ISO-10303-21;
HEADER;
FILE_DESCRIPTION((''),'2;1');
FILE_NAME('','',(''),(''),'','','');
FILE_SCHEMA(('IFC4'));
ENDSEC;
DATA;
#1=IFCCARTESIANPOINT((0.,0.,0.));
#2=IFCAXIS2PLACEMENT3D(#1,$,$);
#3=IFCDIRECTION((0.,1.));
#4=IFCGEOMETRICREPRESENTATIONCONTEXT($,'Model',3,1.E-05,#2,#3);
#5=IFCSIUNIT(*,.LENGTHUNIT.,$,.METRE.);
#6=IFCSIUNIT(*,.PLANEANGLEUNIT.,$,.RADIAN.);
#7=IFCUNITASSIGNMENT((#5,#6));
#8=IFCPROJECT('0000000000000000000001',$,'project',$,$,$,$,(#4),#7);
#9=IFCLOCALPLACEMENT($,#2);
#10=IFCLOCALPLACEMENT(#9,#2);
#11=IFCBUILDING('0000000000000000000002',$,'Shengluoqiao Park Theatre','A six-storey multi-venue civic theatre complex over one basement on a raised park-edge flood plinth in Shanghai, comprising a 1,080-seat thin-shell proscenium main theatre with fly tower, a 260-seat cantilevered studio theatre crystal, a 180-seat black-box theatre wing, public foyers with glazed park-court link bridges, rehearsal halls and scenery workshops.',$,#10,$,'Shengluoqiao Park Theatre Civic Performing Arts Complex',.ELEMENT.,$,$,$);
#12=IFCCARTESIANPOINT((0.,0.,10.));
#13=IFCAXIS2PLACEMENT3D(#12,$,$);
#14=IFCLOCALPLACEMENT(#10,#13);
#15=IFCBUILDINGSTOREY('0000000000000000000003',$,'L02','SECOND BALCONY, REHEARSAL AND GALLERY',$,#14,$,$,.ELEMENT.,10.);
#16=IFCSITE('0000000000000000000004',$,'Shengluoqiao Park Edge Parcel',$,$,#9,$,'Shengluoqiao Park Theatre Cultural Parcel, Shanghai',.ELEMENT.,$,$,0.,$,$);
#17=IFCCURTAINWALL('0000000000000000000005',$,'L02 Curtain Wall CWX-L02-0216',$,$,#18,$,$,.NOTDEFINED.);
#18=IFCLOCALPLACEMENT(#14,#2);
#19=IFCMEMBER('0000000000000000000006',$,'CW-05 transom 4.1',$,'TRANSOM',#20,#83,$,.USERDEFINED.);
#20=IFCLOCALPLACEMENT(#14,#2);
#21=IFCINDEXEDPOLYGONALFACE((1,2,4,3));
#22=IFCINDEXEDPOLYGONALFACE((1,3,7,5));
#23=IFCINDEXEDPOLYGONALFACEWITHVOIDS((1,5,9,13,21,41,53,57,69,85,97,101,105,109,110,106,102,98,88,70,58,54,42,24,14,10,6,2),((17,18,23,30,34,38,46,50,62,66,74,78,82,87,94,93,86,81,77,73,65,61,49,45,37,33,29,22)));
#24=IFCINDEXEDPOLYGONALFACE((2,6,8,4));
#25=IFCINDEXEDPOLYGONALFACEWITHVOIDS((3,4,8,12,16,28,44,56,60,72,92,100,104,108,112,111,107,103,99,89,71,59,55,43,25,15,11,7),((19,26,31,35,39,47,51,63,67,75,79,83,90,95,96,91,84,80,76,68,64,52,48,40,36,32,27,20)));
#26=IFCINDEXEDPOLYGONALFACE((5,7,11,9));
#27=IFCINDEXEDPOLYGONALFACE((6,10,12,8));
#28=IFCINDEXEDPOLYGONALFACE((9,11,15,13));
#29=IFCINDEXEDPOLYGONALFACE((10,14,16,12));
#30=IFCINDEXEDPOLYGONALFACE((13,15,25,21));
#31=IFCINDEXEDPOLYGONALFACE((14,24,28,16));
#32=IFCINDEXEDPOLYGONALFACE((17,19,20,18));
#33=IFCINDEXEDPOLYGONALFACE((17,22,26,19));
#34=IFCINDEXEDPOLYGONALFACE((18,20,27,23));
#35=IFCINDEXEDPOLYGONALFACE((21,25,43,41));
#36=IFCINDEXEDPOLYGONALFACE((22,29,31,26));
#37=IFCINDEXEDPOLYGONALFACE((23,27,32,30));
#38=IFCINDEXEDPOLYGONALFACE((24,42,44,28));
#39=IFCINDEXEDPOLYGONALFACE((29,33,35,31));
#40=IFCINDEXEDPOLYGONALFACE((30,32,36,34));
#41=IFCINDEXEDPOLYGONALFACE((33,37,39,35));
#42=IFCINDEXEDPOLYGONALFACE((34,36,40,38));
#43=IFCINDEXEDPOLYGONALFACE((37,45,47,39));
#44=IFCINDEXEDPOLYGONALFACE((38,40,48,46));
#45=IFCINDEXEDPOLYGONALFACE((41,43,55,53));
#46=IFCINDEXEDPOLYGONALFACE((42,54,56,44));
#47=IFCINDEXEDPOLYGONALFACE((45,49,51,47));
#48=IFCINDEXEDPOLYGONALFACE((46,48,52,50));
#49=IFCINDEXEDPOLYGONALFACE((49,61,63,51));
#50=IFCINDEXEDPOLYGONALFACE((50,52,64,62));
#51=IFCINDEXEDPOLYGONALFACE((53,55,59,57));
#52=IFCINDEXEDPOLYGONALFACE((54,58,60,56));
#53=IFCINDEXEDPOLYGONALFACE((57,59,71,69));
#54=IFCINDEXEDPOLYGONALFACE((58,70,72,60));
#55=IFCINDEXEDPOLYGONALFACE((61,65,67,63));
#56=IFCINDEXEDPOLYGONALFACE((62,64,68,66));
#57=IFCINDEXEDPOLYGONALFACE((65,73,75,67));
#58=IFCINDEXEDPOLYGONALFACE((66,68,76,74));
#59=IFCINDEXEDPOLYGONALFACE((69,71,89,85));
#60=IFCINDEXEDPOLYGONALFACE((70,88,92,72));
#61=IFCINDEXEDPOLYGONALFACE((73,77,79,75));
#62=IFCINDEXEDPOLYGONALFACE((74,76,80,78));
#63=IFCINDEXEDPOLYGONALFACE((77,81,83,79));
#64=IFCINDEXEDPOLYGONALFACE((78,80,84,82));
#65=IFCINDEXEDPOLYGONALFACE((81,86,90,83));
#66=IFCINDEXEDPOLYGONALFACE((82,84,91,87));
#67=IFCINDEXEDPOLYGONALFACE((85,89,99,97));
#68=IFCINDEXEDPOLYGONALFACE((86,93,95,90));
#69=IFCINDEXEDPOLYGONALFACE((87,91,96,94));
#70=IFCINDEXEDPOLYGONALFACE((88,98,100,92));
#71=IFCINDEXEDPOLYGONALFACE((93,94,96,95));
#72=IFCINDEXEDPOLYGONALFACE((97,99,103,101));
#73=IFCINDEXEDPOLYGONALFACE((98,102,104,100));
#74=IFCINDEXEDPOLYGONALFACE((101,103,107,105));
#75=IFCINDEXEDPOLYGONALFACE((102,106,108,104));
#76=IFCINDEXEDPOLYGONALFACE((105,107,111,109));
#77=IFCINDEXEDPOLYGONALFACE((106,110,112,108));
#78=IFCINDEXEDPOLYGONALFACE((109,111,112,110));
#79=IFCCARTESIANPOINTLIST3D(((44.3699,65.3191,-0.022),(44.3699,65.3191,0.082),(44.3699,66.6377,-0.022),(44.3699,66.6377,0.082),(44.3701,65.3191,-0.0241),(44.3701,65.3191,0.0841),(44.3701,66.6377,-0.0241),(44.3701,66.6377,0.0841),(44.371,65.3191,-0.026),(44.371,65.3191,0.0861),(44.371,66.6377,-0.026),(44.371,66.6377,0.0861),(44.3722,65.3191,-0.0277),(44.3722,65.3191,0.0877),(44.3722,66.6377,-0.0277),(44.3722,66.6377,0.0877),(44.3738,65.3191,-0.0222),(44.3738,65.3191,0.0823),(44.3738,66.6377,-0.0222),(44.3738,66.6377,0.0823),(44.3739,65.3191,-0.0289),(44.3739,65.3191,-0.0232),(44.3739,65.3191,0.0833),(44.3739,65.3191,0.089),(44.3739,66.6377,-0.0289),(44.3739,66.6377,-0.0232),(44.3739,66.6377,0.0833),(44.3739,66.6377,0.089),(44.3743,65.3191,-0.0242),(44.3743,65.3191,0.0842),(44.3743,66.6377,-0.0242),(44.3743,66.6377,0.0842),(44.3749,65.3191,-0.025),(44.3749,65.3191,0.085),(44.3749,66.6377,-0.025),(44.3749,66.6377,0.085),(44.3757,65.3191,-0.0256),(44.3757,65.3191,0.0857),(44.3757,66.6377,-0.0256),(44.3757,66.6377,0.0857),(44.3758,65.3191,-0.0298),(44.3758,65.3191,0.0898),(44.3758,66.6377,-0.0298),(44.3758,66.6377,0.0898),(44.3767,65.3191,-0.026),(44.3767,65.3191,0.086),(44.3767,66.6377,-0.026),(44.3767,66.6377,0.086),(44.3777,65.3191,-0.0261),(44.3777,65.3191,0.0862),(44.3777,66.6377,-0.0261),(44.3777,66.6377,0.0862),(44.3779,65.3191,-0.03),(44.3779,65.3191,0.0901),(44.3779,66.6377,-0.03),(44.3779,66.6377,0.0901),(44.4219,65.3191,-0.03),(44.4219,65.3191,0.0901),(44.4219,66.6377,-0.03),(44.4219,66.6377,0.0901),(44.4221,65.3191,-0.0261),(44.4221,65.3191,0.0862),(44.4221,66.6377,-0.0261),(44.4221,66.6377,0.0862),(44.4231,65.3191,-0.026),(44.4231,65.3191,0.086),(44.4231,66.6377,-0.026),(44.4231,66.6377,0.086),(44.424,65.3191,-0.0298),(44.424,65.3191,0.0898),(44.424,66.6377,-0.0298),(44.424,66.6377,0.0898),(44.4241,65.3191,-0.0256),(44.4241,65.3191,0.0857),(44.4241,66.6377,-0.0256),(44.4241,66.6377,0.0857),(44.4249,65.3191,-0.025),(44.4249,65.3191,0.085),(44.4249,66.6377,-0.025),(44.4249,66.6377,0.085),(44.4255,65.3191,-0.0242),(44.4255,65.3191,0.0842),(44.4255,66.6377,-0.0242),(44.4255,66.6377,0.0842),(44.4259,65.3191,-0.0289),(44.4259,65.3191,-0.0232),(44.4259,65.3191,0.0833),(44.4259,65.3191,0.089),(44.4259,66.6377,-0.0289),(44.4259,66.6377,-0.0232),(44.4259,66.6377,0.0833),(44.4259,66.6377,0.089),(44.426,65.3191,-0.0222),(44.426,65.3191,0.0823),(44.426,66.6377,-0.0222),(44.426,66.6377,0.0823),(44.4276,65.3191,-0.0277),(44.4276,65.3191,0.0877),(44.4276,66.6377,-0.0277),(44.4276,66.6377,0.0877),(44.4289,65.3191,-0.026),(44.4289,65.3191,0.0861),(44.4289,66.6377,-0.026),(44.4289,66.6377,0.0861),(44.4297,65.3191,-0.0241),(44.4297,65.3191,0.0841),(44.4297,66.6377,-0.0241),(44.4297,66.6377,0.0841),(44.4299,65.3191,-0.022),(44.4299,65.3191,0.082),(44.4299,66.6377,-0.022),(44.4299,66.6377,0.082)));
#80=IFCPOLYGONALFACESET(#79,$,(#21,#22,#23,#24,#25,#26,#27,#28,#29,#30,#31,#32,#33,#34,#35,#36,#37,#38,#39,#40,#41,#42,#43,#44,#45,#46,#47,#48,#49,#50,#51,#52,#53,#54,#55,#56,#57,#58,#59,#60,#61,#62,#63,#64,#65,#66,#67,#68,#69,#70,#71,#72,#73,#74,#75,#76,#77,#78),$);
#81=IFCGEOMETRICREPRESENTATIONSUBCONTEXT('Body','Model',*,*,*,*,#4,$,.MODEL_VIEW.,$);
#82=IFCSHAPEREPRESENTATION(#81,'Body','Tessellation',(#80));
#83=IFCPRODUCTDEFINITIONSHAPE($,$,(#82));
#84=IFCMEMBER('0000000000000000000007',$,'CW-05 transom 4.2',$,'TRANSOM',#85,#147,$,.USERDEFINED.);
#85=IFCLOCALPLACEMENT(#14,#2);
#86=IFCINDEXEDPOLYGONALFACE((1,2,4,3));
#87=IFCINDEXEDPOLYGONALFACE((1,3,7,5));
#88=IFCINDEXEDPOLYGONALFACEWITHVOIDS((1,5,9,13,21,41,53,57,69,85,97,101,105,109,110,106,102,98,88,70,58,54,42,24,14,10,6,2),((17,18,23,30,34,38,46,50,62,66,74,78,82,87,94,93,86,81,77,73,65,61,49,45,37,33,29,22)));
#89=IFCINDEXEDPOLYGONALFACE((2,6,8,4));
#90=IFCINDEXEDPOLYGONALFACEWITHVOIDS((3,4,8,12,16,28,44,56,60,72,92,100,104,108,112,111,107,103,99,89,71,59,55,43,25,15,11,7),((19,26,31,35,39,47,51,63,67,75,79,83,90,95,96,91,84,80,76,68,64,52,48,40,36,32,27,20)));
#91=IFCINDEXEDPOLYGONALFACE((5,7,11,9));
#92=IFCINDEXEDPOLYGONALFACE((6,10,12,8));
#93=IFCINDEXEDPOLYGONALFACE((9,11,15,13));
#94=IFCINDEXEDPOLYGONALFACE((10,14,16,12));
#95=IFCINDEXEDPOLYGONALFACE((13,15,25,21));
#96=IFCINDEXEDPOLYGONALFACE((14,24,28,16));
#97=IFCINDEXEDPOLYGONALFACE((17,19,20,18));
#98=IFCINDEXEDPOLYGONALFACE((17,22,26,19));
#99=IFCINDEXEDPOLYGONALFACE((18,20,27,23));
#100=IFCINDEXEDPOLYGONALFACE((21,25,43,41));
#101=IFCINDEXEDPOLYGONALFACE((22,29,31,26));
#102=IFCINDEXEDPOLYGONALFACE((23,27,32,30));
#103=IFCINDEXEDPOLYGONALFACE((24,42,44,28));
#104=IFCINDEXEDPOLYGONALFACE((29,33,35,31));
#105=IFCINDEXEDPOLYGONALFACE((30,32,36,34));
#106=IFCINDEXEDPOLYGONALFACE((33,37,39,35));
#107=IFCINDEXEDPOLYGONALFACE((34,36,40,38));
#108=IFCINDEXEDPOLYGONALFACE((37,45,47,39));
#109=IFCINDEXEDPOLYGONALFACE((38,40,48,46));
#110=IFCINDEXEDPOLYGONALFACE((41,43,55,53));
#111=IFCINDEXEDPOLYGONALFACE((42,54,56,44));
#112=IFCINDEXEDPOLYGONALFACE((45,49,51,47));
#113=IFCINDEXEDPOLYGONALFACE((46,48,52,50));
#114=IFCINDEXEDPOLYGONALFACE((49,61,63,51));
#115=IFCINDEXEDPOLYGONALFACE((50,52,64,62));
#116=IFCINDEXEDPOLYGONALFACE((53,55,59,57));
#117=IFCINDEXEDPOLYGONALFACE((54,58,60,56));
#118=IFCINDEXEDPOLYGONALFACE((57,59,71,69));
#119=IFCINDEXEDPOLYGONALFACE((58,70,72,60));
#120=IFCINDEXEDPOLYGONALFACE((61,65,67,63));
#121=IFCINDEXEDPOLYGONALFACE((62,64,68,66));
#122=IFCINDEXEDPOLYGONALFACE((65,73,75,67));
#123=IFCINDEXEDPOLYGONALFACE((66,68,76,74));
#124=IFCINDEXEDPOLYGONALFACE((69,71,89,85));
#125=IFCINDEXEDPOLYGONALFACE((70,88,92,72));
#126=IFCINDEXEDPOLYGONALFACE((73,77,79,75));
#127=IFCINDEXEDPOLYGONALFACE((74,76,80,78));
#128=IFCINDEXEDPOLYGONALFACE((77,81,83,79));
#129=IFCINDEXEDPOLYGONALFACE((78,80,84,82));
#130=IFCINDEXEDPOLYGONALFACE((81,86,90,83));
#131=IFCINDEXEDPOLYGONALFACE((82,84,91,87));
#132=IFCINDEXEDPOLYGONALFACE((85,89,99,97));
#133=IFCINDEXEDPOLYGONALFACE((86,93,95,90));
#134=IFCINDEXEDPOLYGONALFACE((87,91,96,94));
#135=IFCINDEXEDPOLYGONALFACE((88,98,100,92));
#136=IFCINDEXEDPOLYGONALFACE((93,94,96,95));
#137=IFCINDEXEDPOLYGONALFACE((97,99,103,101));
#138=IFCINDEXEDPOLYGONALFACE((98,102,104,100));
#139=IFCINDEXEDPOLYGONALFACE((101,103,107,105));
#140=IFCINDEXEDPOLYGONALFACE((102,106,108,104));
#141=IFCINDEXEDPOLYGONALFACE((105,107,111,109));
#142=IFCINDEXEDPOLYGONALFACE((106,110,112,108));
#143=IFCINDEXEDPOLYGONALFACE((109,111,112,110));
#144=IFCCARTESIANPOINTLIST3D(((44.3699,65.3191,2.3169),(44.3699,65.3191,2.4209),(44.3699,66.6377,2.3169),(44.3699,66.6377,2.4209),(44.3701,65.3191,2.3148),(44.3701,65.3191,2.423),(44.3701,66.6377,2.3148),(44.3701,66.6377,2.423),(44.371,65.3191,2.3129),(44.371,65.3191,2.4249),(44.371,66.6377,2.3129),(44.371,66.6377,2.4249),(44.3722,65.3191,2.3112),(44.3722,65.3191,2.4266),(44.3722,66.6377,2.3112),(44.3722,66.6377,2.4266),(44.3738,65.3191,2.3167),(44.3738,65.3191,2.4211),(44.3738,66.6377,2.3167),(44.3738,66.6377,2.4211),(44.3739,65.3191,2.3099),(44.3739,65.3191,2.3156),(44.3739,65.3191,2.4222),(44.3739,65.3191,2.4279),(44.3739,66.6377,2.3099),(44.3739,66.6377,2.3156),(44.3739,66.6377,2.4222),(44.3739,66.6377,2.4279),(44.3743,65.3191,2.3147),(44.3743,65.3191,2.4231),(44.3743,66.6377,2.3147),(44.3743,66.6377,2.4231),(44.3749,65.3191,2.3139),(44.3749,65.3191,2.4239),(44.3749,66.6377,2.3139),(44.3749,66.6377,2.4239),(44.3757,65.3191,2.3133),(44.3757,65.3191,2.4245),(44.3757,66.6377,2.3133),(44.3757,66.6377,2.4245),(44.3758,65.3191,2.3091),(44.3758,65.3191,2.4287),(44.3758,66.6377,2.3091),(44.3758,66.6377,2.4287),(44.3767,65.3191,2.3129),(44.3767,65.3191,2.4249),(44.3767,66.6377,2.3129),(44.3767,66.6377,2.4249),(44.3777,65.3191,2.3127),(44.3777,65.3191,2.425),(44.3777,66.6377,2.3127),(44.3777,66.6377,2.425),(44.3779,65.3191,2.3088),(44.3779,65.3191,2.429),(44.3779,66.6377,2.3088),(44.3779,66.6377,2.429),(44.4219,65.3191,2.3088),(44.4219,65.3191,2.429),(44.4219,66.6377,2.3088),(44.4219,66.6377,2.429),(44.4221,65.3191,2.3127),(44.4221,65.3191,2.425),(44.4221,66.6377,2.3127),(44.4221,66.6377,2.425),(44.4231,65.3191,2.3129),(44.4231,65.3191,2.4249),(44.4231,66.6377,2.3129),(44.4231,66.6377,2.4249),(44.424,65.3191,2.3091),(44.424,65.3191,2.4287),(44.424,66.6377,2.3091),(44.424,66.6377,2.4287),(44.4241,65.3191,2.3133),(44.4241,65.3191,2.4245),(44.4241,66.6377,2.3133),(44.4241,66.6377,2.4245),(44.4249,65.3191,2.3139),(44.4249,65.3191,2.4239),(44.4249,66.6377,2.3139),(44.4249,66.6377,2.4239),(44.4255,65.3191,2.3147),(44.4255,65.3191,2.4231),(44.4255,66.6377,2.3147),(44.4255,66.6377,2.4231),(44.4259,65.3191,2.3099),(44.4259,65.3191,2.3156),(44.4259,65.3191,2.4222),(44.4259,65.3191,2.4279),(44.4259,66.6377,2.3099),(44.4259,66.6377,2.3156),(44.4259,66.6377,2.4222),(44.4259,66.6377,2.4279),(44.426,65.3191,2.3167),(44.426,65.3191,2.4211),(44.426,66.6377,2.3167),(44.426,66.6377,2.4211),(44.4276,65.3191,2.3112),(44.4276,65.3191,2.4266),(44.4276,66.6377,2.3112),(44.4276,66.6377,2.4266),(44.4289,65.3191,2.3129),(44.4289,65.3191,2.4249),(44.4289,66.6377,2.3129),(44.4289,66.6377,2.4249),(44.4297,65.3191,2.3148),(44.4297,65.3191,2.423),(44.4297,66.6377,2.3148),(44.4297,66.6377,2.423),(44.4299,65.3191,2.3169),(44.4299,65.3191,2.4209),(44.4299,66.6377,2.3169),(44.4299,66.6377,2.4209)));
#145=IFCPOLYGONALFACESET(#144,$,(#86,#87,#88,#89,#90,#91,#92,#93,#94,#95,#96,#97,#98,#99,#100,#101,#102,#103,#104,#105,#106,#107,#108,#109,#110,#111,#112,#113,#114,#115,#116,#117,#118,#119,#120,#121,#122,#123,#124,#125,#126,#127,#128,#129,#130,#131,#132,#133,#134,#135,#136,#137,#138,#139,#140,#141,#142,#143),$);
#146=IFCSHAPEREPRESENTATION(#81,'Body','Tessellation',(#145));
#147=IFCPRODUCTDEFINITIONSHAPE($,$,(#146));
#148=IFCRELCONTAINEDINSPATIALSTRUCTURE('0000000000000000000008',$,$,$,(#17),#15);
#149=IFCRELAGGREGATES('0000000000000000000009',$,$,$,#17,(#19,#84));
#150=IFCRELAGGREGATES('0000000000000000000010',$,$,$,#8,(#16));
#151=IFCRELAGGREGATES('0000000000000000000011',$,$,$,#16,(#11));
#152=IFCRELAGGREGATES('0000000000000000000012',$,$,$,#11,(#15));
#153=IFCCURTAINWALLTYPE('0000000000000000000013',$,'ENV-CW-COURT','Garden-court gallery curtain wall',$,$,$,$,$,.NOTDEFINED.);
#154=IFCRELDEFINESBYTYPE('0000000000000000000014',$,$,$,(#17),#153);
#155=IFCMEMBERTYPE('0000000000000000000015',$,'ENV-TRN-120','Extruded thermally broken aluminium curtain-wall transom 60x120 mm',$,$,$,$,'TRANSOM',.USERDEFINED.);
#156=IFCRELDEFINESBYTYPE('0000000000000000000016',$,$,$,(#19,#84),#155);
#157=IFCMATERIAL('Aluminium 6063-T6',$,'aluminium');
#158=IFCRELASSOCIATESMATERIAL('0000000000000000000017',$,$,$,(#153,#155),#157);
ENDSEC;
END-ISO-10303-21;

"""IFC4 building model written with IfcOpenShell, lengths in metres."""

from ifc_helpers import new_model, si_unit, direction, frame, origin, origin_2d, place, context, subcontext, project, spatial, hollow_rectangle, extrude, material, material_profile, profile_set, type_object, element, aggregate, save


model = new_model("IFC4")

# Units and contexts
model_context = context("Model", 3, precision=1e-05, world=origin(), true_north=direction((0.0, 1.0)))
body_context = subcontext(model_context, "Body", "Model", "MODEL_VIEW")
ifc_project = project(units=[si_unit("LENGTHUNIT", "METRE"), si_unit("PLANEANGLEUNIT", "RADIAN")], contexts=[model_context])

# Site, building, storey
site_placement = place(None, origin())
site = spatial("IfcSite", under=ifc_project, at=site_placement, Name="Shengluoqiao Park Edge Parcel", LongName="Shengluoqiao Park Theatre Cultural Parcel, Shanghai", CompositionType="ELEMENT", RefElevation=0.0)
building_placement = place(site_placement, origin())
building = spatial("IfcBuilding", under=site, at=building_placement, Name="Shengluoqiao Park Theatre", Description="A six-storey multi-venue civic theatre complex over one basement on a raised park-edge flood plinth in Shanghai, comprising a 1,080-seat thin-shell proscenium main theatre with fly tower, a 260-seat cantilevered studio theatre crystal, a 180-seat black-box theatre wing, public foyers with glazed park-court link bridges, rehearsal halls and scenery workshops.", LongName="Shengluoqiao Park Theatre Civic Performing Arts Complex", CompositionType="ELEMENT")
storey_placement = place(building_placement, frame((0.0, 0.0, 10.0)))
storey = spatial("IfcBuildingStorey", under=building, at=storey_placement, Name="L02", Description="SECOND BALCONY, REHEARSAL AND GALLERY", CompositionType="ELEMENT", Elevation=10.0)

# Curtain wall, members
ifc_material_1 = material(Name="Aluminium 6063-T6", Category="aluminium")
curtain_wall_type = type_object("IfcCurtainWallType", Name="ENV-CW-COURT", Description="Garden-court gallery curtain wall", PredefinedType="NOTDEFINED", material=ifc_material_1)
curtain_wall_placement = place(storey_placement, origin())
curtain_wall = element("IfcCurtainWall", 1, at=curtain_wall_placement, inside=storey, type_object=curtain_wall_type, Name="L02 Curtain Wall CWX-L02-0216", PredefinedType="NOTDEFINED")
ifc_material_profile_1 = material_profile(ifc_material_1, hollow_rectangle(XDim=0.0601, YDim=0.1201, WallThickness=0.0039, InnerFilletRadius=0.0039, OuterFilletRadius=0.0081, at=origin_2d()), Name="ALU TRANSOM 120x60x4")
ifc_profile_set_1 = profile_set([ifc_material_profile_1], Name="Aluminium 6063-T6")
member_type_1 = type_object("IfcMemberType", Name="ENV-TRN-120", Description="Extruded thermally broken aluminium curtain-wall transom 60x120 mm", ElementType="TRANSOM", PredefinedType="USERDEFINED", material=ifc_profile_set_1)
member_1_placement = place(storey_placement, frame((44.3999, 65.3191, 0.03), z_axis=(0.0, 1.0, 0.0), x_axis=(-1.0, 0.0, 0.0)))
member_1 = element("IfcMember", 2, at=member_1_placement, type_object=member_type_1, Name="CW-05 transom 4.1", ObjectType="TRANSOM", PredefinedType="USERDEFINED", context=body_context, shape_type="SweptSolid", body=[
    extrude(hollow_rectangle(XDim=0.0601, YDim=0.1201, WallThickness=0.0039, InnerFilletRadius=0.0039, OuterFilletRadius=0.0081, at=origin_2d()), origin(), (0.0, 0.0, 1.0), 1.3186),
])
member_2_placement = place(storey_placement, frame((44.3999, 65.3191, 2.3689), z_axis=(0.0, 1.0, 0.0), x_axis=(-1.0, 0.0, 0.0)))
member_2 = element("IfcMember", 3, at=member_2_placement, type_object=member_type_1, Name="CW-05 transom 4.2", ObjectType="TRANSOM", PredefinedType="USERDEFINED", context=body_context, shape_type="SweptSolid", body=[
    extrude(hollow_rectangle(XDim=0.0601, YDim=0.1201, WallThickness=0.0039, InnerFilletRadius=0.0039, OuterFilletRadius=0.0081, at=origin_2d()), origin(), (0.0, 0.0, 1.0), 1.3186),
])

aggregate(curtain_wall, [member_1, member_2])

save(model, "model.ifc")
